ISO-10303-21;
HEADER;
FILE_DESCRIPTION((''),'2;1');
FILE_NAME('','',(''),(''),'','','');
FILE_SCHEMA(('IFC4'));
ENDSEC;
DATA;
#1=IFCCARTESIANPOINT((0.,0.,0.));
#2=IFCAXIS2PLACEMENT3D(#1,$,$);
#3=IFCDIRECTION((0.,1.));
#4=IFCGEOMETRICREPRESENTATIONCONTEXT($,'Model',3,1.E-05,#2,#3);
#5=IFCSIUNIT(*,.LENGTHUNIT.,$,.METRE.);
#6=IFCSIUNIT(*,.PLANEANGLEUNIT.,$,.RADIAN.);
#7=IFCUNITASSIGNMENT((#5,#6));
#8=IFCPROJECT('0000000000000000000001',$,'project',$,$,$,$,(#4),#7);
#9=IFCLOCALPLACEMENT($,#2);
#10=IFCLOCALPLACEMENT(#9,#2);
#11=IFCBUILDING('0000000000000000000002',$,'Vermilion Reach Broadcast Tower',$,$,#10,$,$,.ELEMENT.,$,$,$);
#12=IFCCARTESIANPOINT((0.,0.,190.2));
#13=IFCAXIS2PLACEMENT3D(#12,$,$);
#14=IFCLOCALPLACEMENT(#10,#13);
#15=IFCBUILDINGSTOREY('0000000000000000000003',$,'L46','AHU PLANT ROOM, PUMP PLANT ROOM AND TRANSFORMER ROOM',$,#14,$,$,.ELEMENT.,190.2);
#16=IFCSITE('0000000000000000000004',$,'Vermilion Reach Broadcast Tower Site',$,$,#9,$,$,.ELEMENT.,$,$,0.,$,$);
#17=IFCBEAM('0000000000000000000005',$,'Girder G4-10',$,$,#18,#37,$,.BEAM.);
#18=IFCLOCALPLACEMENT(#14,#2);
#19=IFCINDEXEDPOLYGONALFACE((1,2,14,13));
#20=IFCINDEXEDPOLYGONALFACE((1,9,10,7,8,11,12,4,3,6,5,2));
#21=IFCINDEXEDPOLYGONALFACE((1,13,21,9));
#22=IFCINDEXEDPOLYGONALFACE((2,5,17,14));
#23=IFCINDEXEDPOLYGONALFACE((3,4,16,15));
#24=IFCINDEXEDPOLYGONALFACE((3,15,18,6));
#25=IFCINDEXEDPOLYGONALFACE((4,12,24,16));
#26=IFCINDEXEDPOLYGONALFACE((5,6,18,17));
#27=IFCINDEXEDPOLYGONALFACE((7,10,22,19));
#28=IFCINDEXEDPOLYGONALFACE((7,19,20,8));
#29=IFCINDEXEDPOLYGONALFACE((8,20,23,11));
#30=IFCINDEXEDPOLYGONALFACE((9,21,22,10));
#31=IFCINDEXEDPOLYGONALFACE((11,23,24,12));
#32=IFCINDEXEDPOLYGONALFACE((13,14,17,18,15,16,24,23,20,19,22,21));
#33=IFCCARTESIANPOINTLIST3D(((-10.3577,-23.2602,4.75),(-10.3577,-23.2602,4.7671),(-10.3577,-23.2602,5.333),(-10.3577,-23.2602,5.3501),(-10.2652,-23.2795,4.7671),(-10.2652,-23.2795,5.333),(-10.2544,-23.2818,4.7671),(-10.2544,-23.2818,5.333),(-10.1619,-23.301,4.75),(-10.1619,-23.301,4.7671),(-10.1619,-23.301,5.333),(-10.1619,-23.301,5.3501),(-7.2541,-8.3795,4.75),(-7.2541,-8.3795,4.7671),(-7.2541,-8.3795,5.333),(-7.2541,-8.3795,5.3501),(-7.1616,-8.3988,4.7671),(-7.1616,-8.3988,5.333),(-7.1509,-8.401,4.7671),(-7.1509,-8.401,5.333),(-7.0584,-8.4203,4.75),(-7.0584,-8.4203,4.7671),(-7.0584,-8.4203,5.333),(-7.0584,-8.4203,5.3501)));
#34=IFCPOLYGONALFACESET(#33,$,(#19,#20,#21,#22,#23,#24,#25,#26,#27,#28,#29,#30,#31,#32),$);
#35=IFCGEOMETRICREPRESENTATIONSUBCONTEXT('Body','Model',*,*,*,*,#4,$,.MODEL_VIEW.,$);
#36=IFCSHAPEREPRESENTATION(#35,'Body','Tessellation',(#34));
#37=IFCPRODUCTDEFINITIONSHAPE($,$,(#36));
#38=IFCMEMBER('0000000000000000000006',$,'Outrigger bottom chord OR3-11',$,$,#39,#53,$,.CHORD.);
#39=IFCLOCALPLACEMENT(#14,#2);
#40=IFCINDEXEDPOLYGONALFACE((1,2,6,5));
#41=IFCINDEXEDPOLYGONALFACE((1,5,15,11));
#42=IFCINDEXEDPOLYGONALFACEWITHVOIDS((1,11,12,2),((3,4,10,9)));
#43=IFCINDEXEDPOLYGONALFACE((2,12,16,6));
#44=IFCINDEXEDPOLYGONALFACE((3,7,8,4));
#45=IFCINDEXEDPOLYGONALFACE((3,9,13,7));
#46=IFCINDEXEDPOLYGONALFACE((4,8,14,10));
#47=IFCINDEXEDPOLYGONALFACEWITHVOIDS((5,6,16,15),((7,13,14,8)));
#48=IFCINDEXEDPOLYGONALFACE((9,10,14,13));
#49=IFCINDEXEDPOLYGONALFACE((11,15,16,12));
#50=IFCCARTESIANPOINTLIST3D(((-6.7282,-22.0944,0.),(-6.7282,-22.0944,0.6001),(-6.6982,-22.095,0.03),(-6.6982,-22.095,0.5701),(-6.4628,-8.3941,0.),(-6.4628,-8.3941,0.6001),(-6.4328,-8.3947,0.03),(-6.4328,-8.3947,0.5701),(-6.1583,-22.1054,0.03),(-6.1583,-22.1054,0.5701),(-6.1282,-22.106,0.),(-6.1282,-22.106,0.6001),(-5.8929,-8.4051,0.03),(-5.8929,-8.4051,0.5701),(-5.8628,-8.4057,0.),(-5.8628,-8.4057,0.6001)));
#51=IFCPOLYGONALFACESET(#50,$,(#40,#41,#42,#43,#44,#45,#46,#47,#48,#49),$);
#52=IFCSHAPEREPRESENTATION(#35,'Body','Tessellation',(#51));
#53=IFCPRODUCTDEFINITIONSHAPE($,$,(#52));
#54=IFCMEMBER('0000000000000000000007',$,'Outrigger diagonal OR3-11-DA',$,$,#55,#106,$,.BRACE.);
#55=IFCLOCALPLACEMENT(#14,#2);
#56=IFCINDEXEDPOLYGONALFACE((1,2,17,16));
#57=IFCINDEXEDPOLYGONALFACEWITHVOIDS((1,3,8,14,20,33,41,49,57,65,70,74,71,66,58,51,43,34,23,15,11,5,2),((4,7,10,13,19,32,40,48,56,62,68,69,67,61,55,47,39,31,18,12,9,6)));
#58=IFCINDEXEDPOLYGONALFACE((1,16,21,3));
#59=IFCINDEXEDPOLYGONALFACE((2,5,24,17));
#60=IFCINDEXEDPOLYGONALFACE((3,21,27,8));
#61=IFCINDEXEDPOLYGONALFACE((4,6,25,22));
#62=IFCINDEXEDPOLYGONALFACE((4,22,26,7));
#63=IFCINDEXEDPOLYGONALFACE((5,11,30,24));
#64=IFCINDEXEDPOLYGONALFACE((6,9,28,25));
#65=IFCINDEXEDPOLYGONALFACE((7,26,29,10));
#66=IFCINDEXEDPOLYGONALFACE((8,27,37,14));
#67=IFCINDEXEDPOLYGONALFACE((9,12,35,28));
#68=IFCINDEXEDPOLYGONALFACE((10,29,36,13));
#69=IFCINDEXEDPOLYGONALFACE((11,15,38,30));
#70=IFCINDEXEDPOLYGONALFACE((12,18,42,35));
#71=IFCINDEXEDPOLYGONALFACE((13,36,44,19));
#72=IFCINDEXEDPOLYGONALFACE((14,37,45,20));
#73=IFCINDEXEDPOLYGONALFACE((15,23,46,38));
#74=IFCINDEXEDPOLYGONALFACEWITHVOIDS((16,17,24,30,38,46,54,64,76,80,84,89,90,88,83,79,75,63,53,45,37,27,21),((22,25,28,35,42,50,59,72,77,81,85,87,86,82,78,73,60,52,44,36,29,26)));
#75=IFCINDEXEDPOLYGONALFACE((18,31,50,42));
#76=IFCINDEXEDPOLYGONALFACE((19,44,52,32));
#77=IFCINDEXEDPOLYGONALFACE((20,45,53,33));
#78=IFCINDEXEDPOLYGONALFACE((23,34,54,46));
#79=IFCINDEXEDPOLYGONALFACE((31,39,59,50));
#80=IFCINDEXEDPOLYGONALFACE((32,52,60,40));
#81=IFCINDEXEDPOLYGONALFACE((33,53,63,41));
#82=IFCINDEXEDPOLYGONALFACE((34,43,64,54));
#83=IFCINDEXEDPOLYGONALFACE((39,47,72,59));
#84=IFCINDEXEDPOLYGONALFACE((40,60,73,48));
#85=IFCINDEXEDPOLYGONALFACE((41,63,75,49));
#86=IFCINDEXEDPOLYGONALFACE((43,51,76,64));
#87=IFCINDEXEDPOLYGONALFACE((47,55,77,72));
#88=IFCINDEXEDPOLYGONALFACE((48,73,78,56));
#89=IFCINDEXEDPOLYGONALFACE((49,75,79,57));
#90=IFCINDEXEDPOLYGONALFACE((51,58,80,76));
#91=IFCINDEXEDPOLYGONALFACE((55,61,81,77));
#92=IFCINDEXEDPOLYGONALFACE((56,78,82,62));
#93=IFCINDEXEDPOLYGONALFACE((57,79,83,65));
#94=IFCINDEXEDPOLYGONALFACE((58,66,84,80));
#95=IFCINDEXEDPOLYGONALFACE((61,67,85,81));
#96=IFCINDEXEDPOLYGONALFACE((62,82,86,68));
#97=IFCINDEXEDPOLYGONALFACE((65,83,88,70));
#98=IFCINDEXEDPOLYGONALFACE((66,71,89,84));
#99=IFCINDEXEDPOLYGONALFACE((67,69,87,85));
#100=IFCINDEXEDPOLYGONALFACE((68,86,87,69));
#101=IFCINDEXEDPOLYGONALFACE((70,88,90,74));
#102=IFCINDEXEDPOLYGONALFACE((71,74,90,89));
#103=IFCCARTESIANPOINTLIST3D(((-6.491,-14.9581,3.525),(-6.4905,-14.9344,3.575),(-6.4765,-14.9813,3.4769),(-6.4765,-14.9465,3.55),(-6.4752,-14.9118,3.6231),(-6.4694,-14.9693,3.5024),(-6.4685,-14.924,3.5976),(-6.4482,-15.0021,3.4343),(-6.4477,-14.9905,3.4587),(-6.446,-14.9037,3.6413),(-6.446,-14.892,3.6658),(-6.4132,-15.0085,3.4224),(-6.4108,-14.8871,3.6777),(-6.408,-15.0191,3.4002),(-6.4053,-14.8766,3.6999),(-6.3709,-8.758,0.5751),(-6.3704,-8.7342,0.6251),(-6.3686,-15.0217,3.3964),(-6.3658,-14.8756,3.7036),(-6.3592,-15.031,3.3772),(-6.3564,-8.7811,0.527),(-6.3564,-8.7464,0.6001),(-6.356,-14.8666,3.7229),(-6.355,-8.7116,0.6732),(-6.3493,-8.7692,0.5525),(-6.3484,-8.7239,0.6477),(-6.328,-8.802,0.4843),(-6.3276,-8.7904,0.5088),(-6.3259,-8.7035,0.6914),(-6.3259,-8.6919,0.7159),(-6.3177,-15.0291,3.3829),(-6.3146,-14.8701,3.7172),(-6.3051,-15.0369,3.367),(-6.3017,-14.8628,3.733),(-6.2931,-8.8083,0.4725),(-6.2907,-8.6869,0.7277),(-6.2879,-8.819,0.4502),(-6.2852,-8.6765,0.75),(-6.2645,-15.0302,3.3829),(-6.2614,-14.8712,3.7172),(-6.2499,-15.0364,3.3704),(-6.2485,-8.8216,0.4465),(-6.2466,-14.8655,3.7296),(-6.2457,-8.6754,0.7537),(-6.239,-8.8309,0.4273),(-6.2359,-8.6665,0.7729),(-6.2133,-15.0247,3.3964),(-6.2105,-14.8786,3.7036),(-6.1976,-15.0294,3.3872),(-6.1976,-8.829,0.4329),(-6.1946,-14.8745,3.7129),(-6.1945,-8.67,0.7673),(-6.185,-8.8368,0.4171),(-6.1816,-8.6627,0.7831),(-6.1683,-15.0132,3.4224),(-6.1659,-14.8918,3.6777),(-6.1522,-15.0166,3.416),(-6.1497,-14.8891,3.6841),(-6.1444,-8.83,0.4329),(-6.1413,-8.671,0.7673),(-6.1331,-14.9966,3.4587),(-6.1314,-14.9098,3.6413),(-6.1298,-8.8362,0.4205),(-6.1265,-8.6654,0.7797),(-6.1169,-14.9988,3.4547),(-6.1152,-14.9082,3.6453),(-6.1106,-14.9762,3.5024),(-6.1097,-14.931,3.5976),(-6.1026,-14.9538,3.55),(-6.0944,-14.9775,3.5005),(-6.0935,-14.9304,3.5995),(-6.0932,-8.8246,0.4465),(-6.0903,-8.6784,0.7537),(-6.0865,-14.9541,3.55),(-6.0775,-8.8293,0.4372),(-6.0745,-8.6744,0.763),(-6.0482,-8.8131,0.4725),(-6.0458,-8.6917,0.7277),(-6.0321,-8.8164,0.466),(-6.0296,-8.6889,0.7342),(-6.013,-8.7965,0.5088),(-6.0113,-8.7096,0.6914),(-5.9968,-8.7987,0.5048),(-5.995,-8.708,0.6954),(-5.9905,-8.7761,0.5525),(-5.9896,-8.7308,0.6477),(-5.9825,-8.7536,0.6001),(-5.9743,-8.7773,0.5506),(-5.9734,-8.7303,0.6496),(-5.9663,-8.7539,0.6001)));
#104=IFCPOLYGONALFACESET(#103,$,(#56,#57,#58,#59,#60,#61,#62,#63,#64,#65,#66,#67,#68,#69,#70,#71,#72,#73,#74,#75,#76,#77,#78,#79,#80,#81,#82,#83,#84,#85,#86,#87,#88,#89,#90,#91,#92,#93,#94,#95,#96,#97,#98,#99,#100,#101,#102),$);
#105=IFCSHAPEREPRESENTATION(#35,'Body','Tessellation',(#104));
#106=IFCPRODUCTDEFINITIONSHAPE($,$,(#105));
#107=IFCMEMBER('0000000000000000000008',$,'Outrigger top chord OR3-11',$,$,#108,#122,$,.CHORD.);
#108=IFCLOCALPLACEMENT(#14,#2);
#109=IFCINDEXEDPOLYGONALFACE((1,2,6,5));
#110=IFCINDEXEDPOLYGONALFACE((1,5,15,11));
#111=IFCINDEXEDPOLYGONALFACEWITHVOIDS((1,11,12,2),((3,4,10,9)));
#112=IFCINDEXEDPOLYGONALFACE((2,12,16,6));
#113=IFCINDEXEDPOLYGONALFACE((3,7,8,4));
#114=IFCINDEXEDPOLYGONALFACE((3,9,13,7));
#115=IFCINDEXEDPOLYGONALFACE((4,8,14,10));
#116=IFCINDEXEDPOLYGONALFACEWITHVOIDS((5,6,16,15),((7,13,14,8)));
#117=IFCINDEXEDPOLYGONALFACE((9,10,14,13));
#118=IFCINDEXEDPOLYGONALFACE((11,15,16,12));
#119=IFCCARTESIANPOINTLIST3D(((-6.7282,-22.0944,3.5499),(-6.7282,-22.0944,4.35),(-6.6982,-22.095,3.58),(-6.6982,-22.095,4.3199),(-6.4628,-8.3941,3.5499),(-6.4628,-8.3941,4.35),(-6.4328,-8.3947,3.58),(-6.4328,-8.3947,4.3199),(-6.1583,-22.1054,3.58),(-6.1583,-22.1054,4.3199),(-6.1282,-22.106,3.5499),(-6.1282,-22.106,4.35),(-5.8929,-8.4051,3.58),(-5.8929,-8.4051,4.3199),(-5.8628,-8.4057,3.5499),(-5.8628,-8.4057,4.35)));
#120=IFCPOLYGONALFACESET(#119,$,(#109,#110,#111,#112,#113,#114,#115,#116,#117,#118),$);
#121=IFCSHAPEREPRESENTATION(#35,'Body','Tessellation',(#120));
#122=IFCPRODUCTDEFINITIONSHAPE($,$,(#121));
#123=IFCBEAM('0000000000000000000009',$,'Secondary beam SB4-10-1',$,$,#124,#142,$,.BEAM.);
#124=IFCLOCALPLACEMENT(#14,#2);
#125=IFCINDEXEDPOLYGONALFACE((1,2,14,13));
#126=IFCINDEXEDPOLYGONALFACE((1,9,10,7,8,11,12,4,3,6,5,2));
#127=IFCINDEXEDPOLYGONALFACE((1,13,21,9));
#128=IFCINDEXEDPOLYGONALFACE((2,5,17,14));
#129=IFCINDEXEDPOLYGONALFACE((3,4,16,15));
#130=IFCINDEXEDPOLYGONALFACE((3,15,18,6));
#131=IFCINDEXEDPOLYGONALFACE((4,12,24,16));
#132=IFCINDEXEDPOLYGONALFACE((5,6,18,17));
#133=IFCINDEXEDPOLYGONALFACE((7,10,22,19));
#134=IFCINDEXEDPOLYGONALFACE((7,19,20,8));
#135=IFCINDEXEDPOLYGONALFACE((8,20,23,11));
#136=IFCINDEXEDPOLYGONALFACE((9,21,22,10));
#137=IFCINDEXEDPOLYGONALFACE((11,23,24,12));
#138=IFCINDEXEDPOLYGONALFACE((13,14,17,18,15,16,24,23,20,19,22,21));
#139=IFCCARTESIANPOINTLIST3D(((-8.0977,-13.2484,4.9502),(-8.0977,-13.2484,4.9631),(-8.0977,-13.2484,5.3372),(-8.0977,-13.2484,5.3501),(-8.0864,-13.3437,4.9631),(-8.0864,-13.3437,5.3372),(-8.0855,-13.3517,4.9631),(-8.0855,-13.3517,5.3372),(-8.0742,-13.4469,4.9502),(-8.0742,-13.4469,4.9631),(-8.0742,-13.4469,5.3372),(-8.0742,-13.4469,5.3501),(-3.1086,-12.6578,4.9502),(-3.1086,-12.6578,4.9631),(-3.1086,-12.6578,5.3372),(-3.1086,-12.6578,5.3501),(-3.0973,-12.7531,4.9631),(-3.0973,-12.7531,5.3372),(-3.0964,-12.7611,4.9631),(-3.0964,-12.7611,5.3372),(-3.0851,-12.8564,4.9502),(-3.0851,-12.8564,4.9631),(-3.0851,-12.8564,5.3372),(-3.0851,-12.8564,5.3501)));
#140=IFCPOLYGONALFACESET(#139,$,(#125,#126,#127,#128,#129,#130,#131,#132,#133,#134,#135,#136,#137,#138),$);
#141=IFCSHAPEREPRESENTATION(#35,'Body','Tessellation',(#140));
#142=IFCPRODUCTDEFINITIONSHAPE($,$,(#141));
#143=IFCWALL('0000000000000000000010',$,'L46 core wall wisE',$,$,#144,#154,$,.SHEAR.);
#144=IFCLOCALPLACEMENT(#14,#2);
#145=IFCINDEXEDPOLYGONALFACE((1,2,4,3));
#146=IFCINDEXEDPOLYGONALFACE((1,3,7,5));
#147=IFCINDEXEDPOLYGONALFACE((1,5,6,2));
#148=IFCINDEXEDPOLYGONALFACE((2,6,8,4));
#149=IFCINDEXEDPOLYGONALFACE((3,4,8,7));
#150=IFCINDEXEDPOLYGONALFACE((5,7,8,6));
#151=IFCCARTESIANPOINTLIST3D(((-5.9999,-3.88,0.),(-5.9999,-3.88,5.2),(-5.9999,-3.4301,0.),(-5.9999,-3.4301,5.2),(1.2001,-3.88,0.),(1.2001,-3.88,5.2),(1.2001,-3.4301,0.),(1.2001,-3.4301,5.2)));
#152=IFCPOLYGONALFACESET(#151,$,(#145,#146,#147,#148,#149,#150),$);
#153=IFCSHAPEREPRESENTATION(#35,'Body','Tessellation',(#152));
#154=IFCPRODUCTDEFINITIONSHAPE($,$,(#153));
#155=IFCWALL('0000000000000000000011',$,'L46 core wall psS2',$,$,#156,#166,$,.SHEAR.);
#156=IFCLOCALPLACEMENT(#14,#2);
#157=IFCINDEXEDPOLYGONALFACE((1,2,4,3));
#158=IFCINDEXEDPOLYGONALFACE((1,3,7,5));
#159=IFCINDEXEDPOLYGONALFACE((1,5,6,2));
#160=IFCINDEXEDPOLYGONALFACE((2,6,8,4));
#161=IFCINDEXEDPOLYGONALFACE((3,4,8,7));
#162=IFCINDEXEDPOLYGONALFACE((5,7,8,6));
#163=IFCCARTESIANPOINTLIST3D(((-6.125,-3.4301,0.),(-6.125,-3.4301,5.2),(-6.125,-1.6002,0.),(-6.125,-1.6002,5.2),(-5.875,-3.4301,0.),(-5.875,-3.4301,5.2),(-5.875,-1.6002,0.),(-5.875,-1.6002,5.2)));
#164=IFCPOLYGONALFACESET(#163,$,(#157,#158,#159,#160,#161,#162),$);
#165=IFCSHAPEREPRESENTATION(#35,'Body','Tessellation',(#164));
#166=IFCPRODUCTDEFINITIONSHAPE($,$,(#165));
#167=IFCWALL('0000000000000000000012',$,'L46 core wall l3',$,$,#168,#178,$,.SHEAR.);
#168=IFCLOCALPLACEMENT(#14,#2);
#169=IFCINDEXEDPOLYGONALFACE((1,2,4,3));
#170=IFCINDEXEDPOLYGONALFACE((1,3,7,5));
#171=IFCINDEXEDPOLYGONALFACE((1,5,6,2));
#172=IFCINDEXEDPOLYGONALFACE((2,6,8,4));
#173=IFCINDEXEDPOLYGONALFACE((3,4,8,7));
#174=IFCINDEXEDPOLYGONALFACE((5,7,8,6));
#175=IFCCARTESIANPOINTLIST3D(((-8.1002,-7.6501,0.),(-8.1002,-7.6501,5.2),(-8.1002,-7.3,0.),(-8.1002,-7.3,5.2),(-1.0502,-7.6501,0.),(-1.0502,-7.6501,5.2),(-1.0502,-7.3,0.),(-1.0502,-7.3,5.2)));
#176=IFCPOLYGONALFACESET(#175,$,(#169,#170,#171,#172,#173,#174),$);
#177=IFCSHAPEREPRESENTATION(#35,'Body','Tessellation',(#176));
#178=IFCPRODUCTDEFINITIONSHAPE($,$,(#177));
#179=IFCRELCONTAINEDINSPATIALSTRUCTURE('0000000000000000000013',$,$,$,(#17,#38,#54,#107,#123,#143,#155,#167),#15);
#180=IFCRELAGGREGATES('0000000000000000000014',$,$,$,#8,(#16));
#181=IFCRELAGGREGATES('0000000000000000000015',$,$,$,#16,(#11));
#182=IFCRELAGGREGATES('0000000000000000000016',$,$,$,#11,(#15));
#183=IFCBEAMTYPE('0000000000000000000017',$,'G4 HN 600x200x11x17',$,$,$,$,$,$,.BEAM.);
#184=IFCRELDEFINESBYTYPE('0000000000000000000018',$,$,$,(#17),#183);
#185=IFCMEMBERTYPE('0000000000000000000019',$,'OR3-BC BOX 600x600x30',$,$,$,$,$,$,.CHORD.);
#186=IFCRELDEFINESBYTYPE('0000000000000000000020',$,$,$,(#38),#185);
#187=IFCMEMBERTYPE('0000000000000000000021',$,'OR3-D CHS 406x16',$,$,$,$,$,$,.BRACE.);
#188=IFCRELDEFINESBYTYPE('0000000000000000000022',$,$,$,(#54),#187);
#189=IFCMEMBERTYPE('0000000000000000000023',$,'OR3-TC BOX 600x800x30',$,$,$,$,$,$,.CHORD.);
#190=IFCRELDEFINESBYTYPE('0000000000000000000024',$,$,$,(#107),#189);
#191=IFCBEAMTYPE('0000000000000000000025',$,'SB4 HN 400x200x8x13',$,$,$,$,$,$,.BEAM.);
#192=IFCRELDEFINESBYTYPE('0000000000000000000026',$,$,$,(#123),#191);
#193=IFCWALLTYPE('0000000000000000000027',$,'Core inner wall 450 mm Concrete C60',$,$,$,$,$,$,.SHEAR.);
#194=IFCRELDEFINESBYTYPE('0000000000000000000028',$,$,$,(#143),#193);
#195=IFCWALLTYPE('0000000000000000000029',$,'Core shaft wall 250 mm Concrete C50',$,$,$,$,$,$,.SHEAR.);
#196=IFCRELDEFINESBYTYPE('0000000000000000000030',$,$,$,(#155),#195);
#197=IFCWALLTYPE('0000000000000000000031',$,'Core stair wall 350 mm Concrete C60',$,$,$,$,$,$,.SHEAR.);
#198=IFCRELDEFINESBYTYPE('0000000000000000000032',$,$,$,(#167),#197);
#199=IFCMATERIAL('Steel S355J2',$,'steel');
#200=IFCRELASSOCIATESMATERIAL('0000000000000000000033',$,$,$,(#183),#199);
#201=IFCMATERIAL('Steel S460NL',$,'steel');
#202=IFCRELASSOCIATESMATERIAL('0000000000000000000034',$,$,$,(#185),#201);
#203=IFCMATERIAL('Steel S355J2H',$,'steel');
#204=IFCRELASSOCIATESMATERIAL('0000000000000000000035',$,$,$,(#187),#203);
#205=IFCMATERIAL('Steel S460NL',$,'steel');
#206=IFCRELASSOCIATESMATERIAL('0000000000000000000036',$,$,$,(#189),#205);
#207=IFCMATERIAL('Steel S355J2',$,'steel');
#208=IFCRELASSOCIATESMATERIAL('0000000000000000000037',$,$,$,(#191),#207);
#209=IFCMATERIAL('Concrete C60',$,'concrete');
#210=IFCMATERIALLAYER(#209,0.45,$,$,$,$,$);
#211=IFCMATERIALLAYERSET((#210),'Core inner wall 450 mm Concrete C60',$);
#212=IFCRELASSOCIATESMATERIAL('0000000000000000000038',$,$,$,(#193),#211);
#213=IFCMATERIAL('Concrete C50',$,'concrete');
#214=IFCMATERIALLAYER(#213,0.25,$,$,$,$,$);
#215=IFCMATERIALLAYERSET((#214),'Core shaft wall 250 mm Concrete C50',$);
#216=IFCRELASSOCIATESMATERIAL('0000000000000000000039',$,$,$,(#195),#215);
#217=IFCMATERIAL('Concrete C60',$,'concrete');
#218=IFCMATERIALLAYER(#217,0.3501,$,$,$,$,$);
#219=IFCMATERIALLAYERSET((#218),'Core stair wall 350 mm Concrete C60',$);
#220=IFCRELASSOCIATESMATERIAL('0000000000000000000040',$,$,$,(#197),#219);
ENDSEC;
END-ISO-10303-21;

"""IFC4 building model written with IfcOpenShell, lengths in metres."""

from ifc_helpers import new_model, si_unit, direction, frame, frame_2d, origin, origin_2d, place, context, subcontext, project, spatial, rectangle, hollow_rectangle, hollow_circle, i_section, extrude, material, layer, layer_set, material_profile, profile_set, type_object, element, save


model = new_model("IFC4")

# Units and contexts
model_context = context("Model", 3, precision=1e-05, world=origin(), true_north=direction((0.0, 1.0)))
body_context = subcontext(model_context, "Body", "Model", "MODEL_VIEW")
ifc_project = project(units=[si_unit("LENGTHUNIT", "METRE"), si_unit("PLANEANGLEUNIT", "RADIAN")], contexts=[model_context])

# Site, building, storey
site_placement = place(None, origin())
site = spatial("IfcSite", under=ifc_project, at=site_placement, Name="Vermilion Reach Broadcast Tower Site", CompositionType="ELEMENT", RefElevation=0.0)
building_placement = place(site_placement, origin())
building = spatial("IfcBuilding", under=site, at=building_placement, Name="Vermilion Reach Broadcast Tower", CompositionType="ELEMENT")
storey_placement = place(building_placement, frame((0.0, 0.0, 190.2)))
storey = spatial("IfcBuildingStorey", under=building, at=storey_placement, Name="L46", Description="AHU PLANT ROOM, PUMP PLANT ROOM AND TRANSFORMER ROOM", CompositionType="ELEMENT", Elevation=190.2)

# Beam
ifc_material_1 = material(Name="Steel S355J2", Category="steel")
ifc_material_profile_1 = material_profile(ifc_material_1, i_section(OverallWidth=0.2, OverallDepth=0.6001, WebThickness=0.011, FlangeThickness=0.0171, at=origin_2d()), Name="S355J2 HN 600x200x11x17")
ifc_profile_set_1 = profile_set([ifc_material_profile_1], Name="Steel S355J2")
beam_type_1 = type_object("IfcBeamType", Name="G4 HN 600x200x11x17", PredefinedType="BEAM", material=ifc_profile_set_1)
beam_1_placement = place(storey_placement, frame((-7.1562, -8.3999, 5.05), z_axis=(-0.204168, -0.978936, 0.0), x_axis=(0.978936, -0.204168, 0.0)))
element("IfcBeam", 1, at=beam_1_placement, inside=storey, type_object=beam_type_1, Name="Girder G4-10", PredefinedType="BEAM", context=body_context, shape_type="SweptSolid", body=[
    extrude(i_section(OverallWidth=0.2, OverallDepth=0.6001, WebThickness=0.011, FlangeThickness=0.0171, at=origin_2d()), origin(), (0.0, 0.0, 1.0), 15.2009),
])

# Members
ifc_material_2 = material(Name="Steel S460NL", Category="steel")
ifc_material_profile_2 = material_profile(ifc_material_2, hollow_rectangle(XDim=0.6001, YDim=0.6001, WallThickness=0.03, at=origin_2d()), Name="S460NL BOX 600x600x30")
ifc_profile_set_2 = profile_set([ifc_material_profile_2], Name="Steel S460NL")
member_type_1 = type_object("IfcMemberType", Name="OR3-BC BOX 600x600x30", PredefinedType="CHORD", material=ifc_profile_set_2)
member_1_placement = place(storey_placement, frame((-6.1628, -8.3999, 0.3), z_axis=(-0.019367, -0.999812, 0.0), x_axis=(0.999812, -0.019367, 0.0)))
element("IfcMember", 2, at=member_1_placement, inside=storey, type_object=member_type_1, Name="Outrigger bottom chord OR3-11", PredefinedType="CHORD", context=body_context, shape_type="SweptSolid", body=[
    extrude(hollow_rectangle(XDim=0.6001, YDim=0.6001, WallThickness=0.03, at=origin_2d()), origin(), (0.0, 0.0, 1.0), 13.7029),
])
ifc_material_3 = material(Name="Steel S355J2H", Category="steel")
ifc_material_profile_3 = material_profile(ifc_material_3, hollow_circle(Radius=0.2031, WallThickness=0.0161, at=origin_2d()), Name="S355J2H CHS 406x16")
ifc_profile_set_3 = profile_set([ifc_material_profile_3], Name="Steel S355J2H")
member_type_2 = type_object("IfcMemberType", Name="OR3-D CHS 406x16", PredefinedType="BRACE", material=ifc_profile_set_3)
member_2_placement = place(storey_placement, frame((-6.1694, -8.75, 0.6001), z_axis=(-0.017491, -0.902865, 0.429568), x_axis=(0.999812, -0.019369, 0.0)))
element("IfcMember", 3, at=member_2_placement, inside=storey, type_object=member_type_2, Name="Outrigger diagonal OR3-11-DA", PredefinedType="BRACE", context=body_context, shape_type="SweptSolid", body=[
    extrude(hollow_circle(Radius=0.2031, WallThickness=0.0161, at=origin_2d()), origin(), (0.0, 0.0, 1.0), 6.8672),
])
ifc_material_4 = material(Name="Steel S460NL", Category="steel")
ifc_material_profile_4 = material_profile(ifc_material_4, hollow_rectangle(XDim=0.6001, YDim=0.8, WallThickness=0.03, at=origin_2d()), Name="S460NL BOX 600x800x30")
ifc_profile_set_4 = profile_set([ifc_material_profile_4], Name="Steel S460NL")
member_type_3 = type_object("IfcMemberType", Name="OR3-TC BOX 600x800x30", PredefinedType="CHORD", material=ifc_profile_set_4)
member_3_placement = place(storey_placement, frame((-6.1628, -8.3999, 3.95), z_axis=(-0.019367, -0.999812, 0.0), x_axis=(0.999812, -0.019367, 0.0)))
element("IfcMember", 4, at=member_3_placement, inside=storey, type_object=member_type_3, Name="Outrigger top chord OR3-11", PredefinedType="CHORD", context=body_context, shape_type="SweptSolid", body=[
    extrude(hollow_rectangle(XDim=0.6001, YDim=0.8, WallThickness=0.03, at=origin_2d()), origin(), (0.0, 0.0, 1.0), 13.7029),
])

# Beam
ifc_material_5 = material(Name="Steel S355J2", Category="steel")
ifc_material_profile_5 = material_profile(ifc_material_5, i_section(OverallWidth=0.2, OverallDepth=0.3999, WebThickness=0.0081, FlangeThickness=0.0129, at=origin_2d()), Name="S355J2 HN 400x200x8x13")
ifc_profile_set_5 = profile_set([ifc_material_profile_5], Name="Steel S355J2")
beam_type_2 = type_object("IfcBeamType", Name="SB4 HN 400x200x8x13", PredefinedType="BEAM", material=ifc_profile_set_5)
beam_2_placement = place(storey_placement, frame((-8.0859, -13.3477, 5.1501), z_axis=(0.993066, 0.117555, 0.0), x_axis=(-0.117555, 0.993066, 0.0)))
element("IfcBeam", 5, at=beam_2_placement, inside=storey, type_object=beam_type_2, Name="Secondary beam SB4-10-1", PredefinedType="BEAM", context=body_context, shape_type="SweptSolid", body=[
    extrude(i_section(OverallWidth=0.2, OverallDepth=0.3999, WebThickness=0.0081, FlangeThickness=0.0129, at=origin_2d()), origin(), (0.0, 0.0, 1.0), 5.0239),
])

# Walls
ifc_material_6 = material(Name="Concrete C60", Category="concrete")
ifc_layer_1 = layer(ifc_material_6, 0.45)
ifc_layer_set_1 = layer_set([ifc_layer_1], Name="Core inner wall 450 mm Concrete C60")
wall_type_1 = type_object("IfcWallType", Name="Core inner wall 450 mm Concrete C60", PredefinedType="SHEAR", material=ifc_layer_set_1)
wall_1_placement = place(storey_placement, frame((-6.0, -3.655, 0.0), z_axis=(0.0, 0.0, 1.0), x_axis=(1.0, 0.0, 0.0)))
element("IfcWall", 6, at=wall_1_placement, inside=storey, type_object=wall_type_1, Name="L46 core wall wisE", PredefinedType="SHEAR", context=body_context, shape_type="SweptSolid", body=[
    extrude(rectangle(XDim=7.2, YDim=0.45, at=frame_2d((3.6001, 0.0))), origin(), (0.0, 0.0, 1.0), 5.2),
])
ifc_material_7 = material(Name="Concrete C50", Category="concrete")
ifc_layer_2 = layer(ifc_material_7, 0.25)
ifc_layer_set_2 = layer_set([ifc_layer_2], Name="Core shaft wall 250 mm Concrete C50")
wall_type_2 = type_object("IfcWallType", Name="Core shaft wall 250 mm Concrete C50", PredefinedType="SHEAR", material=ifc_layer_set_2)
wall_2_placement = place(storey_placement, frame((-6.0, -1.6001, 0.0), z_axis=(0.0, 0.0, 1.0), x_axis=(0.0, -1.0, 0.0)))
element("IfcWall", 7, at=wall_2_placement, inside=storey, type_object=wall_type_2, Name="L46 core wall psS2", PredefinedType="SHEAR", context=body_context, shape_type="SweptSolid", body=[
    extrude(rectangle(XDim=1.8298, YDim=0.25, at=frame_2d((0.915, 0.0))), origin(), (0.0, 0.0, 1.0), 5.2),
])
ifc_material_8 = material(Name="Concrete C60", Category="concrete")
ifc_layer_3 = layer(ifc_material_8, 0.3501)
ifc_layer_set_3 = layer_set([ifc_layer_3], Name="Core stair wall 350 mm Concrete C60")
wall_type_3 = type_object("IfcWallType", Name="Core stair wall 350 mm Concrete C60", PredefinedType="SHEAR", material=ifc_layer_set_3)
wall_3_placement = place(storey_placement, frame((-8.1001, -7.4751, 0.0), z_axis=(0.0, 0.0, 1.0), x_axis=(1.0, 0.0, 0.0)))
element("IfcWall", 8, at=wall_3_placement, inside=storey, type_object=wall_type_3, Name="L46 core wall l3", PredefinedType="SHEAR", context=body_context, shape_type="SweptSolid", body=[
    extrude(rectangle(XDim=7.05, YDim=0.3501, at=frame_2d((3.5249, 0.0))), origin(), (0.0, 0.0, 1.0), 5.2),
])

save(model, "model.ifc")
